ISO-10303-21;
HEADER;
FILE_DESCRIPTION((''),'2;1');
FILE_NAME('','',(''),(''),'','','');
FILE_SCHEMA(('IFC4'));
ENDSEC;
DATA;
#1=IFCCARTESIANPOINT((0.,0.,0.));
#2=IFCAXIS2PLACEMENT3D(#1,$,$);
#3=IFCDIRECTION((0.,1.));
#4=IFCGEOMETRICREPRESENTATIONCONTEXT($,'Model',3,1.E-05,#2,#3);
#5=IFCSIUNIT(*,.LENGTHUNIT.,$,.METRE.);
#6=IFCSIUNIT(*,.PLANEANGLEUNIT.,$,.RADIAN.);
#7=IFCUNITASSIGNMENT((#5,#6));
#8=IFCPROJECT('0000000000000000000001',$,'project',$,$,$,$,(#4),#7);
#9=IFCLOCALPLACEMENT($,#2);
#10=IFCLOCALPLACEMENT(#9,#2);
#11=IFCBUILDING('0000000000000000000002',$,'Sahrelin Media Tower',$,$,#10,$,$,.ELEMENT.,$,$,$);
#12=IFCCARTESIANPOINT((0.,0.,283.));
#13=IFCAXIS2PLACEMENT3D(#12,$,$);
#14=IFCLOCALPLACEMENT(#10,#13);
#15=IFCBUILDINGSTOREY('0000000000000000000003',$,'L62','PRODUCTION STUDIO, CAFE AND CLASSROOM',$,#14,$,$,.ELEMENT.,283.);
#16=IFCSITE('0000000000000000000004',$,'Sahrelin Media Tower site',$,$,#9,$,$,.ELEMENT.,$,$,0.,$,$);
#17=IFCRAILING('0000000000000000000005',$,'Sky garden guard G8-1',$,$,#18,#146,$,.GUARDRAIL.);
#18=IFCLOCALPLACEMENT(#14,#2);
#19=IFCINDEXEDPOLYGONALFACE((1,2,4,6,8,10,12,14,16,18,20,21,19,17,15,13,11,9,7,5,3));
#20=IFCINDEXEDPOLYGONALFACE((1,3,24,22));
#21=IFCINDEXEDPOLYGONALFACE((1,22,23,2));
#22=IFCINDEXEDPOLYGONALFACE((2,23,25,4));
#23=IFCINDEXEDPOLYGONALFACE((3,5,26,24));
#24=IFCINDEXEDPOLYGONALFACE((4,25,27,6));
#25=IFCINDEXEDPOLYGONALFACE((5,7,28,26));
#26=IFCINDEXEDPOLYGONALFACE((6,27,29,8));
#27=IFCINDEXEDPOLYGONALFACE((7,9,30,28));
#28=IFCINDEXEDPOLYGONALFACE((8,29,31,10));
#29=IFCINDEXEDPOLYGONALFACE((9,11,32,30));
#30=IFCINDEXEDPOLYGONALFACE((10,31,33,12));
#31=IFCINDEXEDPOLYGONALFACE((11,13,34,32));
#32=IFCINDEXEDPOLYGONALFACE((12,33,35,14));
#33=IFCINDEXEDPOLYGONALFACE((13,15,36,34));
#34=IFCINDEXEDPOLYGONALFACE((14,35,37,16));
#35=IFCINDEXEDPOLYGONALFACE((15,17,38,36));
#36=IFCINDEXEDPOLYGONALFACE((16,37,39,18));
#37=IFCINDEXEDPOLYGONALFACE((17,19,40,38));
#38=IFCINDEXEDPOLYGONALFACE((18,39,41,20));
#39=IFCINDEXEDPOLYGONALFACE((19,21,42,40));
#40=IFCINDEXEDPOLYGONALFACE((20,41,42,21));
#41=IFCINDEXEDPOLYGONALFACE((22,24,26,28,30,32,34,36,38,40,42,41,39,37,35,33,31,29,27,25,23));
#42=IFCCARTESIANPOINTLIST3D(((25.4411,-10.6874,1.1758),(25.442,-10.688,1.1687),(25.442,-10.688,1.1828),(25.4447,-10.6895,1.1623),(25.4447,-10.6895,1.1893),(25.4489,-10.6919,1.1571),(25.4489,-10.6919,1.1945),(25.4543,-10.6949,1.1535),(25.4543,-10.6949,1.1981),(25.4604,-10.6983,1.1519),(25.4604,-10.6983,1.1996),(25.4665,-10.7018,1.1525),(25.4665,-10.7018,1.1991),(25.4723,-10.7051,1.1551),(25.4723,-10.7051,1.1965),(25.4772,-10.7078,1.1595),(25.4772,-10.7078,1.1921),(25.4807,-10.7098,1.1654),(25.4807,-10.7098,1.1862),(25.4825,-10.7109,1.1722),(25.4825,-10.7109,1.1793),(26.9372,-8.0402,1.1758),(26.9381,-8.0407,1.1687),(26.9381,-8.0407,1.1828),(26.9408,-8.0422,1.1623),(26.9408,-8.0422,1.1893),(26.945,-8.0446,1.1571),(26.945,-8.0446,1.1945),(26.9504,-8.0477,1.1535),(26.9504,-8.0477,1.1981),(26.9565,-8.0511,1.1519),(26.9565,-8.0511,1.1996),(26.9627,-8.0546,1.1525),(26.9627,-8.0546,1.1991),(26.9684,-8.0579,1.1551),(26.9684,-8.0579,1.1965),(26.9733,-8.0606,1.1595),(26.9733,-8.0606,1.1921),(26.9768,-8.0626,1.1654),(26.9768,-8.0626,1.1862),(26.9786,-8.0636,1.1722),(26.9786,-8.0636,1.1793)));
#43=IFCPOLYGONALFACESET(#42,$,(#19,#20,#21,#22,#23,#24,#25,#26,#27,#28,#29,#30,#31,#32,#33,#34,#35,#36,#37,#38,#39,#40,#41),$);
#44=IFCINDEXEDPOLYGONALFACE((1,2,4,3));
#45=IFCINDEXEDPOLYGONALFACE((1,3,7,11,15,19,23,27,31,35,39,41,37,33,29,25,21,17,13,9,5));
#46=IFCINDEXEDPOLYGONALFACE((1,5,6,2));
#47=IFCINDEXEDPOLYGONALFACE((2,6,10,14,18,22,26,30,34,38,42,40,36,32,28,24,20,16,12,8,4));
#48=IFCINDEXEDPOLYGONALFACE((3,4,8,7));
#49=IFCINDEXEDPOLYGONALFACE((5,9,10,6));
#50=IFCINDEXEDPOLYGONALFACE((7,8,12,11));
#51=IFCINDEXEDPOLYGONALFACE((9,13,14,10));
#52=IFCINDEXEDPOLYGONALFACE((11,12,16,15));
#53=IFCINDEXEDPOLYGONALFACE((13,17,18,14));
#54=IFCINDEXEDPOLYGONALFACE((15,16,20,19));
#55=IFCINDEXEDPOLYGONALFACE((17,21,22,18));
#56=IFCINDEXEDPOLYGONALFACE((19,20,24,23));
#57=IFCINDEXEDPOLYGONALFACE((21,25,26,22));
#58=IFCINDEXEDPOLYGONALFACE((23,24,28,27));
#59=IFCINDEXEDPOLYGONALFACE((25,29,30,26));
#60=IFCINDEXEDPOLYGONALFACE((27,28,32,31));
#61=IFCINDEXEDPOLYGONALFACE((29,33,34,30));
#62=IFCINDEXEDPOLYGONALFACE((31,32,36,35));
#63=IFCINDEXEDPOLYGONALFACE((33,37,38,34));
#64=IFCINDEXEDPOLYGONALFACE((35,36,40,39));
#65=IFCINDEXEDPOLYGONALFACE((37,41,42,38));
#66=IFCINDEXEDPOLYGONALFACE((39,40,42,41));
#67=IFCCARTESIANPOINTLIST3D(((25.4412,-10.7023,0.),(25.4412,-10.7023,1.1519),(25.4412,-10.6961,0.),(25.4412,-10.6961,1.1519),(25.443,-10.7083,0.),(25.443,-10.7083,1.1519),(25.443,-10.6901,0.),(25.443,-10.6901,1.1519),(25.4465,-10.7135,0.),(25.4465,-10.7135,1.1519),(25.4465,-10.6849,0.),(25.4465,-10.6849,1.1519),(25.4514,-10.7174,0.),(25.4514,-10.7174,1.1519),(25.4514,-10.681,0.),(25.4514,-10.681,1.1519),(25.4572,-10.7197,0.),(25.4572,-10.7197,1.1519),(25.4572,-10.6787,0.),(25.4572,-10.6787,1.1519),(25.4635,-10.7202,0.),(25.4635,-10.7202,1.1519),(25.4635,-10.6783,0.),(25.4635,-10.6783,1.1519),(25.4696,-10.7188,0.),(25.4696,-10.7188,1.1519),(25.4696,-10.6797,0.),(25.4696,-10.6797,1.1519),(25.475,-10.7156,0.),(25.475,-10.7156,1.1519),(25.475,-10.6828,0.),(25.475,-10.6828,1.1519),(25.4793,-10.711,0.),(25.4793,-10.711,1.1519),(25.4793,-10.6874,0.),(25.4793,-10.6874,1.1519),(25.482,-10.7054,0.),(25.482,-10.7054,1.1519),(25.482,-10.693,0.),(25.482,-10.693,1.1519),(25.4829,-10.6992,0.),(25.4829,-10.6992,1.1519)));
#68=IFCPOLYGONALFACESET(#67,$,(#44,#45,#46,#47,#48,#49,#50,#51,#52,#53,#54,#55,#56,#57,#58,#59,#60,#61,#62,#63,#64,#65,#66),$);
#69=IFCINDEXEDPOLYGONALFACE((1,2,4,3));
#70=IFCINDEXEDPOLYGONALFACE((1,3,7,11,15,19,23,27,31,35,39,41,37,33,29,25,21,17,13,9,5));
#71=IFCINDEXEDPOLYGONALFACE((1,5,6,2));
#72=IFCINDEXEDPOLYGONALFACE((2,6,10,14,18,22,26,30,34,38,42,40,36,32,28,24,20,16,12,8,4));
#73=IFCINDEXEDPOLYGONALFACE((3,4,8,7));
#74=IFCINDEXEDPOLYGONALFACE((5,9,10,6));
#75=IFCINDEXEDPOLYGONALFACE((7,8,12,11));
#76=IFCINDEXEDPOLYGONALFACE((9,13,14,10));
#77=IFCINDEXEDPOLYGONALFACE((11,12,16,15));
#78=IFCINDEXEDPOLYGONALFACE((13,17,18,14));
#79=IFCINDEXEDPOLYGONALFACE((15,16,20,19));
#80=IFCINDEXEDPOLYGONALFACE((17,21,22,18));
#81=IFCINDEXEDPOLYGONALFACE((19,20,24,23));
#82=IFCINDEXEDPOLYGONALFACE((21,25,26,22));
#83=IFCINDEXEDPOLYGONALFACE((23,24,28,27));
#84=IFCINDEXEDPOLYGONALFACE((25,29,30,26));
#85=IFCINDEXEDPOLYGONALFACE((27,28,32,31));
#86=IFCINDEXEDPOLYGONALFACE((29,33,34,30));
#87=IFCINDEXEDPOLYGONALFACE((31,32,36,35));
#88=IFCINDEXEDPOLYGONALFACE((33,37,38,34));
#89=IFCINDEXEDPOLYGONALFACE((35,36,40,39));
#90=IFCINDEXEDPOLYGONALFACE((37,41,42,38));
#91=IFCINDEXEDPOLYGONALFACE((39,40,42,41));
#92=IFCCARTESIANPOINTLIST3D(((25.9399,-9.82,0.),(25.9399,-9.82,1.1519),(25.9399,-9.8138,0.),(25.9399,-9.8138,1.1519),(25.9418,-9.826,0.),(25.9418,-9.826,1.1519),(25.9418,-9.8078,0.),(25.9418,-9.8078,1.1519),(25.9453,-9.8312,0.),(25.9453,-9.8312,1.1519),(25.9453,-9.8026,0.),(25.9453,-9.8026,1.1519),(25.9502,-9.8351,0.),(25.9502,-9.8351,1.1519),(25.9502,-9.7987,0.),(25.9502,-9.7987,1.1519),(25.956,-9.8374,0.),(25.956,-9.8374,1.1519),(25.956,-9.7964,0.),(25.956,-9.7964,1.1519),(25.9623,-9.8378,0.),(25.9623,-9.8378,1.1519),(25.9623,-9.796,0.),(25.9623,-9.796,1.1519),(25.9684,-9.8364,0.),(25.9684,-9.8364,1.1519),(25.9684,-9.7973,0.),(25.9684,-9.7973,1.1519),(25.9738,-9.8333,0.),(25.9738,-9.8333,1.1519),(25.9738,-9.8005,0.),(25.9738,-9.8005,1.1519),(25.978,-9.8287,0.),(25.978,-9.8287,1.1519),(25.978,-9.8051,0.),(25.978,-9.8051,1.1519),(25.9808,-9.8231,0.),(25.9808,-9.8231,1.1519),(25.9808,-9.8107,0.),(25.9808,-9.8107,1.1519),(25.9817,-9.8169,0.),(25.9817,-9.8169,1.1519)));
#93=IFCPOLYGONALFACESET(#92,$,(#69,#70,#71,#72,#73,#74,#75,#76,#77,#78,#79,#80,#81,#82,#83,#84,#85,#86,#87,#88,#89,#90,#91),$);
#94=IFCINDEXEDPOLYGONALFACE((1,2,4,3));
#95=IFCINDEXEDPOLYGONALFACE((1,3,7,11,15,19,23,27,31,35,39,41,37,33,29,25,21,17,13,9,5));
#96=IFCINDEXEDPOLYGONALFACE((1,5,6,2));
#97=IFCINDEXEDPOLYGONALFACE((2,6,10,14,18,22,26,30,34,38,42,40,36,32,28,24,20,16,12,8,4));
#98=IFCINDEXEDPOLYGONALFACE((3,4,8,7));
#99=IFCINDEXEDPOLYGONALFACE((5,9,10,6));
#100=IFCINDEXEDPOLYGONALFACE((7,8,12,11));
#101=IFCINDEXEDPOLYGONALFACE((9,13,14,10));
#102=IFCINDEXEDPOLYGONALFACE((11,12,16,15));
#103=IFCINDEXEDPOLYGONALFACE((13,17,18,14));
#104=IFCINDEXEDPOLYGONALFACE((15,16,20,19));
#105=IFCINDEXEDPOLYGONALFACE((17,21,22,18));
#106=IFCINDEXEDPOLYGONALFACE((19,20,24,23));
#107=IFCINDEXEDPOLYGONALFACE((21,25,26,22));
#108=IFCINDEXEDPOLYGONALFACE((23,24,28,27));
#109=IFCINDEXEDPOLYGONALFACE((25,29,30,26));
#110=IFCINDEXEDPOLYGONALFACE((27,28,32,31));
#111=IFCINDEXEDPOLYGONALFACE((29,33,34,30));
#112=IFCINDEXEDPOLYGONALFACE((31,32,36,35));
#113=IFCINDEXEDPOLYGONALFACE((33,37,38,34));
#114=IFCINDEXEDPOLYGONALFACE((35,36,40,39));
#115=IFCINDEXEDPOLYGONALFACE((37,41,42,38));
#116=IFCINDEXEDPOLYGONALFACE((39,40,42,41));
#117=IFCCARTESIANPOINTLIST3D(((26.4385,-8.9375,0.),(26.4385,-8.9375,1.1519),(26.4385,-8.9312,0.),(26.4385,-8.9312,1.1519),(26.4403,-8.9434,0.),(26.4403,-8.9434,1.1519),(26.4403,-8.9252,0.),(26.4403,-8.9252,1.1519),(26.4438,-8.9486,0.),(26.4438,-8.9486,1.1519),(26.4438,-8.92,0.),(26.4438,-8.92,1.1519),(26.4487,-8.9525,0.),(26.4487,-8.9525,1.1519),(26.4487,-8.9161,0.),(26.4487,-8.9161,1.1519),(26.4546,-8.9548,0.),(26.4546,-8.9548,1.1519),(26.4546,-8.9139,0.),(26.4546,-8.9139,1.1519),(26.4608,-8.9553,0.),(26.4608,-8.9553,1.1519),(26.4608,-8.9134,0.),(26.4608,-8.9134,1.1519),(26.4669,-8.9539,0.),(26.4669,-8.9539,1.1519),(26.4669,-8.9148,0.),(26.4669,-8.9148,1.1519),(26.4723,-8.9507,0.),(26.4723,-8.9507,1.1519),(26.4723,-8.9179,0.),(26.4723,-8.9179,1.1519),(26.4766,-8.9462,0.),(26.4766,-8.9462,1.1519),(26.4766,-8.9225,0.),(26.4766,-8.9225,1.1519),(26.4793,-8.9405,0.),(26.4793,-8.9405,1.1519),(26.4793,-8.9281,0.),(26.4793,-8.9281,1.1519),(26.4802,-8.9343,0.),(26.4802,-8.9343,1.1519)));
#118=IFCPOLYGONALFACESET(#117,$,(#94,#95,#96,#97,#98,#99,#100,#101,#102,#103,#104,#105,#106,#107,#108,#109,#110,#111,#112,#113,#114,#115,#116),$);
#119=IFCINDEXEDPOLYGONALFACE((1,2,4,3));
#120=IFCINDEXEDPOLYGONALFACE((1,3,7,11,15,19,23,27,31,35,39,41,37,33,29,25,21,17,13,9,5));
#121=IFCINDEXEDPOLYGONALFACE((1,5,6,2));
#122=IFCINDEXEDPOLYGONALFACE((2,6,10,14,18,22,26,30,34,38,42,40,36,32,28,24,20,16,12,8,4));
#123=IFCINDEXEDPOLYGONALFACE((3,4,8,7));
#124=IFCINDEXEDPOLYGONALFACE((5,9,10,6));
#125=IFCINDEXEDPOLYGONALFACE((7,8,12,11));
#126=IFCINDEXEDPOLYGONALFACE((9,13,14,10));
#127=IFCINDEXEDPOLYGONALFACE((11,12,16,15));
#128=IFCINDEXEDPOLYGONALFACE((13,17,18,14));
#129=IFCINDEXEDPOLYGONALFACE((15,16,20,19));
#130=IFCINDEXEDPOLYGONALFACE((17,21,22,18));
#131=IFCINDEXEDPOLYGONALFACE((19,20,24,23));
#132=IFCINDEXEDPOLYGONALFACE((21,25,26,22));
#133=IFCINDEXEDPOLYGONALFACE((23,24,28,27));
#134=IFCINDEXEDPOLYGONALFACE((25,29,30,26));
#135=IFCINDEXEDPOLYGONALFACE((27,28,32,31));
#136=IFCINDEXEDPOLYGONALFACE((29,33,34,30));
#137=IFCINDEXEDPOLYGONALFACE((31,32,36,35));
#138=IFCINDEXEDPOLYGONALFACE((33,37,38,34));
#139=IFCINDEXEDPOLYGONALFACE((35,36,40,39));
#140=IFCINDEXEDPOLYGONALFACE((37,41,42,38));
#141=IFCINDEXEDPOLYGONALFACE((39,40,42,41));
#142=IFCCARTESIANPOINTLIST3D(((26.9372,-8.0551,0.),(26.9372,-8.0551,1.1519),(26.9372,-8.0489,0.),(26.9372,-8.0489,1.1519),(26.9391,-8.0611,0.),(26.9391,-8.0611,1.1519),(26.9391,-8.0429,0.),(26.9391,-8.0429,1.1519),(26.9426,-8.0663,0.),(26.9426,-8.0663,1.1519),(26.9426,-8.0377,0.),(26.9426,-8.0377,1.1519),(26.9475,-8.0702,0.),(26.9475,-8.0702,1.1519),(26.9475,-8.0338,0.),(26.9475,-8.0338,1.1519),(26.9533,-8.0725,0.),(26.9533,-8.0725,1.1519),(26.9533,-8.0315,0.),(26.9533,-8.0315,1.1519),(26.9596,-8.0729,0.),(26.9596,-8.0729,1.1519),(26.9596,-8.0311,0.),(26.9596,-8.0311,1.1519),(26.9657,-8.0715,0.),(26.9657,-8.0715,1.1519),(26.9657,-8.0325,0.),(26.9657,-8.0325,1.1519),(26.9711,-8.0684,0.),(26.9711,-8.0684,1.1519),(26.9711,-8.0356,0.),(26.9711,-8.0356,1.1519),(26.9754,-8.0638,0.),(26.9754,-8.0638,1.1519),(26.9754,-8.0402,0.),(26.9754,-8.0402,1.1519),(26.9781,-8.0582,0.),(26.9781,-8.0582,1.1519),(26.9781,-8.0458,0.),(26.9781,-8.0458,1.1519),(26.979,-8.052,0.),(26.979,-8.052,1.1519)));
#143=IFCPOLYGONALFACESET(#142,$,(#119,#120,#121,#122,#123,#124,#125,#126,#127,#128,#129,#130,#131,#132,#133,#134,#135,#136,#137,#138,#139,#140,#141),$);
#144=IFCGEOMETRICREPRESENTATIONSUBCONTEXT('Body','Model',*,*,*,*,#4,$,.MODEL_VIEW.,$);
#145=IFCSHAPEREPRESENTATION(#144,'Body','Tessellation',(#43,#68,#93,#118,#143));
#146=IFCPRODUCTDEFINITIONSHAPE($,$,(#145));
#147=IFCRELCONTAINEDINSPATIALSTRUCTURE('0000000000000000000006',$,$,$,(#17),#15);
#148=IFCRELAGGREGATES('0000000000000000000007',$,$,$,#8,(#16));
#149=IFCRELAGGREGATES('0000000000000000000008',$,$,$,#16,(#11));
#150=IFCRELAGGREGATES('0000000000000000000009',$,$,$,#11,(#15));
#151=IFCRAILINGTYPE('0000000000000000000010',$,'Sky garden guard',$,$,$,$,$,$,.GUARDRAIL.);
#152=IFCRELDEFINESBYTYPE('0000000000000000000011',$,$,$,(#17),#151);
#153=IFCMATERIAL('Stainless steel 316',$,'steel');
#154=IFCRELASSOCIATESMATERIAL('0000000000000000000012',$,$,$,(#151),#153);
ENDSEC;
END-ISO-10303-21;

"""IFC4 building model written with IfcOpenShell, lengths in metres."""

from ifc_helpers import new_model, si_unit, direction, frame, origin, origin_2d, place, context, subcontext, project, spatial, circle, extrude, material, type_object, element, save


model = new_model("IFC4")

# Units and contexts
model_context = context("Model", 3, precision=1e-05, world=origin(), true_north=direction((0.0, 1.0)))
body_context = subcontext(model_context, "Body", "Model", "MODEL_VIEW")
ifc_project = project(units=[si_unit("LENGTHUNIT", "METRE"), si_unit("PLANEANGLEUNIT", "RADIAN")], contexts=[model_context])

# Site, building, storey
site_placement = place(None, origin())
site = spatial("IfcSite", under=ifc_project, at=site_placement, Name="Sahrelin Media Tower site", CompositionType="ELEMENT", RefElevation=0.0)
building_placement = place(site_placement, origin())
building = spatial("IfcBuilding", under=site, at=building_placement, Name="Sahrelin Media Tower", CompositionType="ELEMENT")
storey_placement = place(building_placement, frame((0.0, 0.0, 283.0)))
storey = spatial("IfcBuildingStorey", under=building, at=storey_placement, Name="L62", Description="PRODUCTION STUDIO, CAFE AND CLASSROOM", CompositionType="ELEMENT", Elevation=283.0)

# Railing
ifc_material_1 = material(Name="Stainless steel 316", Category="steel")
railing_type = type_object("IfcRailingType", Name="Sky garden guard", PredefinedType="GUARDRAIL", material=ifc_material_1)
railing_1_placement = place(storey_placement, frame((25.4619, -10.6992, 0.0)))
element("IfcRailing", 1, at=railing_1_placement, inside=storey, type_object=railing_type, Name="Sky garden guard G8-1", PredefinedType="GUARDRAIL", context=body_context, shape_type="SweptSolid", body=[
    extrude(circle(Radius=0.0239, at=origin_2d()), frame((0.0, 0.0, 1.1758), z_axis=(0.492018, 0.870585, 0.0), x_axis=(-0.870585, 0.492018, 0.0)), (0.0, 0.0, 1.0), 3.0408),
    extrude(circle(Radius=0.021, at=origin_2d()), origin(), (0.0, 0.0, 1.0), 1.1519),
    extrude(circle(Radius=0.021, at=origin_2d()), frame((0.4988, 0.8823, 0.0)), (0.0, 0.0, 1.0), 1.1519),
    extrude(circle(Radius=0.021, at=origin_2d()), frame((0.9973, 1.7649, 0.0)), (0.0, 0.0, 1.0), 1.1519),
    extrude(circle(Radius=0.021, at=origin_2d()), frame((1.4961, 2.6472, 0.0)), (0.0, 0.0, 1.0), 1.1519),
])

save(model, "model.ifc")
